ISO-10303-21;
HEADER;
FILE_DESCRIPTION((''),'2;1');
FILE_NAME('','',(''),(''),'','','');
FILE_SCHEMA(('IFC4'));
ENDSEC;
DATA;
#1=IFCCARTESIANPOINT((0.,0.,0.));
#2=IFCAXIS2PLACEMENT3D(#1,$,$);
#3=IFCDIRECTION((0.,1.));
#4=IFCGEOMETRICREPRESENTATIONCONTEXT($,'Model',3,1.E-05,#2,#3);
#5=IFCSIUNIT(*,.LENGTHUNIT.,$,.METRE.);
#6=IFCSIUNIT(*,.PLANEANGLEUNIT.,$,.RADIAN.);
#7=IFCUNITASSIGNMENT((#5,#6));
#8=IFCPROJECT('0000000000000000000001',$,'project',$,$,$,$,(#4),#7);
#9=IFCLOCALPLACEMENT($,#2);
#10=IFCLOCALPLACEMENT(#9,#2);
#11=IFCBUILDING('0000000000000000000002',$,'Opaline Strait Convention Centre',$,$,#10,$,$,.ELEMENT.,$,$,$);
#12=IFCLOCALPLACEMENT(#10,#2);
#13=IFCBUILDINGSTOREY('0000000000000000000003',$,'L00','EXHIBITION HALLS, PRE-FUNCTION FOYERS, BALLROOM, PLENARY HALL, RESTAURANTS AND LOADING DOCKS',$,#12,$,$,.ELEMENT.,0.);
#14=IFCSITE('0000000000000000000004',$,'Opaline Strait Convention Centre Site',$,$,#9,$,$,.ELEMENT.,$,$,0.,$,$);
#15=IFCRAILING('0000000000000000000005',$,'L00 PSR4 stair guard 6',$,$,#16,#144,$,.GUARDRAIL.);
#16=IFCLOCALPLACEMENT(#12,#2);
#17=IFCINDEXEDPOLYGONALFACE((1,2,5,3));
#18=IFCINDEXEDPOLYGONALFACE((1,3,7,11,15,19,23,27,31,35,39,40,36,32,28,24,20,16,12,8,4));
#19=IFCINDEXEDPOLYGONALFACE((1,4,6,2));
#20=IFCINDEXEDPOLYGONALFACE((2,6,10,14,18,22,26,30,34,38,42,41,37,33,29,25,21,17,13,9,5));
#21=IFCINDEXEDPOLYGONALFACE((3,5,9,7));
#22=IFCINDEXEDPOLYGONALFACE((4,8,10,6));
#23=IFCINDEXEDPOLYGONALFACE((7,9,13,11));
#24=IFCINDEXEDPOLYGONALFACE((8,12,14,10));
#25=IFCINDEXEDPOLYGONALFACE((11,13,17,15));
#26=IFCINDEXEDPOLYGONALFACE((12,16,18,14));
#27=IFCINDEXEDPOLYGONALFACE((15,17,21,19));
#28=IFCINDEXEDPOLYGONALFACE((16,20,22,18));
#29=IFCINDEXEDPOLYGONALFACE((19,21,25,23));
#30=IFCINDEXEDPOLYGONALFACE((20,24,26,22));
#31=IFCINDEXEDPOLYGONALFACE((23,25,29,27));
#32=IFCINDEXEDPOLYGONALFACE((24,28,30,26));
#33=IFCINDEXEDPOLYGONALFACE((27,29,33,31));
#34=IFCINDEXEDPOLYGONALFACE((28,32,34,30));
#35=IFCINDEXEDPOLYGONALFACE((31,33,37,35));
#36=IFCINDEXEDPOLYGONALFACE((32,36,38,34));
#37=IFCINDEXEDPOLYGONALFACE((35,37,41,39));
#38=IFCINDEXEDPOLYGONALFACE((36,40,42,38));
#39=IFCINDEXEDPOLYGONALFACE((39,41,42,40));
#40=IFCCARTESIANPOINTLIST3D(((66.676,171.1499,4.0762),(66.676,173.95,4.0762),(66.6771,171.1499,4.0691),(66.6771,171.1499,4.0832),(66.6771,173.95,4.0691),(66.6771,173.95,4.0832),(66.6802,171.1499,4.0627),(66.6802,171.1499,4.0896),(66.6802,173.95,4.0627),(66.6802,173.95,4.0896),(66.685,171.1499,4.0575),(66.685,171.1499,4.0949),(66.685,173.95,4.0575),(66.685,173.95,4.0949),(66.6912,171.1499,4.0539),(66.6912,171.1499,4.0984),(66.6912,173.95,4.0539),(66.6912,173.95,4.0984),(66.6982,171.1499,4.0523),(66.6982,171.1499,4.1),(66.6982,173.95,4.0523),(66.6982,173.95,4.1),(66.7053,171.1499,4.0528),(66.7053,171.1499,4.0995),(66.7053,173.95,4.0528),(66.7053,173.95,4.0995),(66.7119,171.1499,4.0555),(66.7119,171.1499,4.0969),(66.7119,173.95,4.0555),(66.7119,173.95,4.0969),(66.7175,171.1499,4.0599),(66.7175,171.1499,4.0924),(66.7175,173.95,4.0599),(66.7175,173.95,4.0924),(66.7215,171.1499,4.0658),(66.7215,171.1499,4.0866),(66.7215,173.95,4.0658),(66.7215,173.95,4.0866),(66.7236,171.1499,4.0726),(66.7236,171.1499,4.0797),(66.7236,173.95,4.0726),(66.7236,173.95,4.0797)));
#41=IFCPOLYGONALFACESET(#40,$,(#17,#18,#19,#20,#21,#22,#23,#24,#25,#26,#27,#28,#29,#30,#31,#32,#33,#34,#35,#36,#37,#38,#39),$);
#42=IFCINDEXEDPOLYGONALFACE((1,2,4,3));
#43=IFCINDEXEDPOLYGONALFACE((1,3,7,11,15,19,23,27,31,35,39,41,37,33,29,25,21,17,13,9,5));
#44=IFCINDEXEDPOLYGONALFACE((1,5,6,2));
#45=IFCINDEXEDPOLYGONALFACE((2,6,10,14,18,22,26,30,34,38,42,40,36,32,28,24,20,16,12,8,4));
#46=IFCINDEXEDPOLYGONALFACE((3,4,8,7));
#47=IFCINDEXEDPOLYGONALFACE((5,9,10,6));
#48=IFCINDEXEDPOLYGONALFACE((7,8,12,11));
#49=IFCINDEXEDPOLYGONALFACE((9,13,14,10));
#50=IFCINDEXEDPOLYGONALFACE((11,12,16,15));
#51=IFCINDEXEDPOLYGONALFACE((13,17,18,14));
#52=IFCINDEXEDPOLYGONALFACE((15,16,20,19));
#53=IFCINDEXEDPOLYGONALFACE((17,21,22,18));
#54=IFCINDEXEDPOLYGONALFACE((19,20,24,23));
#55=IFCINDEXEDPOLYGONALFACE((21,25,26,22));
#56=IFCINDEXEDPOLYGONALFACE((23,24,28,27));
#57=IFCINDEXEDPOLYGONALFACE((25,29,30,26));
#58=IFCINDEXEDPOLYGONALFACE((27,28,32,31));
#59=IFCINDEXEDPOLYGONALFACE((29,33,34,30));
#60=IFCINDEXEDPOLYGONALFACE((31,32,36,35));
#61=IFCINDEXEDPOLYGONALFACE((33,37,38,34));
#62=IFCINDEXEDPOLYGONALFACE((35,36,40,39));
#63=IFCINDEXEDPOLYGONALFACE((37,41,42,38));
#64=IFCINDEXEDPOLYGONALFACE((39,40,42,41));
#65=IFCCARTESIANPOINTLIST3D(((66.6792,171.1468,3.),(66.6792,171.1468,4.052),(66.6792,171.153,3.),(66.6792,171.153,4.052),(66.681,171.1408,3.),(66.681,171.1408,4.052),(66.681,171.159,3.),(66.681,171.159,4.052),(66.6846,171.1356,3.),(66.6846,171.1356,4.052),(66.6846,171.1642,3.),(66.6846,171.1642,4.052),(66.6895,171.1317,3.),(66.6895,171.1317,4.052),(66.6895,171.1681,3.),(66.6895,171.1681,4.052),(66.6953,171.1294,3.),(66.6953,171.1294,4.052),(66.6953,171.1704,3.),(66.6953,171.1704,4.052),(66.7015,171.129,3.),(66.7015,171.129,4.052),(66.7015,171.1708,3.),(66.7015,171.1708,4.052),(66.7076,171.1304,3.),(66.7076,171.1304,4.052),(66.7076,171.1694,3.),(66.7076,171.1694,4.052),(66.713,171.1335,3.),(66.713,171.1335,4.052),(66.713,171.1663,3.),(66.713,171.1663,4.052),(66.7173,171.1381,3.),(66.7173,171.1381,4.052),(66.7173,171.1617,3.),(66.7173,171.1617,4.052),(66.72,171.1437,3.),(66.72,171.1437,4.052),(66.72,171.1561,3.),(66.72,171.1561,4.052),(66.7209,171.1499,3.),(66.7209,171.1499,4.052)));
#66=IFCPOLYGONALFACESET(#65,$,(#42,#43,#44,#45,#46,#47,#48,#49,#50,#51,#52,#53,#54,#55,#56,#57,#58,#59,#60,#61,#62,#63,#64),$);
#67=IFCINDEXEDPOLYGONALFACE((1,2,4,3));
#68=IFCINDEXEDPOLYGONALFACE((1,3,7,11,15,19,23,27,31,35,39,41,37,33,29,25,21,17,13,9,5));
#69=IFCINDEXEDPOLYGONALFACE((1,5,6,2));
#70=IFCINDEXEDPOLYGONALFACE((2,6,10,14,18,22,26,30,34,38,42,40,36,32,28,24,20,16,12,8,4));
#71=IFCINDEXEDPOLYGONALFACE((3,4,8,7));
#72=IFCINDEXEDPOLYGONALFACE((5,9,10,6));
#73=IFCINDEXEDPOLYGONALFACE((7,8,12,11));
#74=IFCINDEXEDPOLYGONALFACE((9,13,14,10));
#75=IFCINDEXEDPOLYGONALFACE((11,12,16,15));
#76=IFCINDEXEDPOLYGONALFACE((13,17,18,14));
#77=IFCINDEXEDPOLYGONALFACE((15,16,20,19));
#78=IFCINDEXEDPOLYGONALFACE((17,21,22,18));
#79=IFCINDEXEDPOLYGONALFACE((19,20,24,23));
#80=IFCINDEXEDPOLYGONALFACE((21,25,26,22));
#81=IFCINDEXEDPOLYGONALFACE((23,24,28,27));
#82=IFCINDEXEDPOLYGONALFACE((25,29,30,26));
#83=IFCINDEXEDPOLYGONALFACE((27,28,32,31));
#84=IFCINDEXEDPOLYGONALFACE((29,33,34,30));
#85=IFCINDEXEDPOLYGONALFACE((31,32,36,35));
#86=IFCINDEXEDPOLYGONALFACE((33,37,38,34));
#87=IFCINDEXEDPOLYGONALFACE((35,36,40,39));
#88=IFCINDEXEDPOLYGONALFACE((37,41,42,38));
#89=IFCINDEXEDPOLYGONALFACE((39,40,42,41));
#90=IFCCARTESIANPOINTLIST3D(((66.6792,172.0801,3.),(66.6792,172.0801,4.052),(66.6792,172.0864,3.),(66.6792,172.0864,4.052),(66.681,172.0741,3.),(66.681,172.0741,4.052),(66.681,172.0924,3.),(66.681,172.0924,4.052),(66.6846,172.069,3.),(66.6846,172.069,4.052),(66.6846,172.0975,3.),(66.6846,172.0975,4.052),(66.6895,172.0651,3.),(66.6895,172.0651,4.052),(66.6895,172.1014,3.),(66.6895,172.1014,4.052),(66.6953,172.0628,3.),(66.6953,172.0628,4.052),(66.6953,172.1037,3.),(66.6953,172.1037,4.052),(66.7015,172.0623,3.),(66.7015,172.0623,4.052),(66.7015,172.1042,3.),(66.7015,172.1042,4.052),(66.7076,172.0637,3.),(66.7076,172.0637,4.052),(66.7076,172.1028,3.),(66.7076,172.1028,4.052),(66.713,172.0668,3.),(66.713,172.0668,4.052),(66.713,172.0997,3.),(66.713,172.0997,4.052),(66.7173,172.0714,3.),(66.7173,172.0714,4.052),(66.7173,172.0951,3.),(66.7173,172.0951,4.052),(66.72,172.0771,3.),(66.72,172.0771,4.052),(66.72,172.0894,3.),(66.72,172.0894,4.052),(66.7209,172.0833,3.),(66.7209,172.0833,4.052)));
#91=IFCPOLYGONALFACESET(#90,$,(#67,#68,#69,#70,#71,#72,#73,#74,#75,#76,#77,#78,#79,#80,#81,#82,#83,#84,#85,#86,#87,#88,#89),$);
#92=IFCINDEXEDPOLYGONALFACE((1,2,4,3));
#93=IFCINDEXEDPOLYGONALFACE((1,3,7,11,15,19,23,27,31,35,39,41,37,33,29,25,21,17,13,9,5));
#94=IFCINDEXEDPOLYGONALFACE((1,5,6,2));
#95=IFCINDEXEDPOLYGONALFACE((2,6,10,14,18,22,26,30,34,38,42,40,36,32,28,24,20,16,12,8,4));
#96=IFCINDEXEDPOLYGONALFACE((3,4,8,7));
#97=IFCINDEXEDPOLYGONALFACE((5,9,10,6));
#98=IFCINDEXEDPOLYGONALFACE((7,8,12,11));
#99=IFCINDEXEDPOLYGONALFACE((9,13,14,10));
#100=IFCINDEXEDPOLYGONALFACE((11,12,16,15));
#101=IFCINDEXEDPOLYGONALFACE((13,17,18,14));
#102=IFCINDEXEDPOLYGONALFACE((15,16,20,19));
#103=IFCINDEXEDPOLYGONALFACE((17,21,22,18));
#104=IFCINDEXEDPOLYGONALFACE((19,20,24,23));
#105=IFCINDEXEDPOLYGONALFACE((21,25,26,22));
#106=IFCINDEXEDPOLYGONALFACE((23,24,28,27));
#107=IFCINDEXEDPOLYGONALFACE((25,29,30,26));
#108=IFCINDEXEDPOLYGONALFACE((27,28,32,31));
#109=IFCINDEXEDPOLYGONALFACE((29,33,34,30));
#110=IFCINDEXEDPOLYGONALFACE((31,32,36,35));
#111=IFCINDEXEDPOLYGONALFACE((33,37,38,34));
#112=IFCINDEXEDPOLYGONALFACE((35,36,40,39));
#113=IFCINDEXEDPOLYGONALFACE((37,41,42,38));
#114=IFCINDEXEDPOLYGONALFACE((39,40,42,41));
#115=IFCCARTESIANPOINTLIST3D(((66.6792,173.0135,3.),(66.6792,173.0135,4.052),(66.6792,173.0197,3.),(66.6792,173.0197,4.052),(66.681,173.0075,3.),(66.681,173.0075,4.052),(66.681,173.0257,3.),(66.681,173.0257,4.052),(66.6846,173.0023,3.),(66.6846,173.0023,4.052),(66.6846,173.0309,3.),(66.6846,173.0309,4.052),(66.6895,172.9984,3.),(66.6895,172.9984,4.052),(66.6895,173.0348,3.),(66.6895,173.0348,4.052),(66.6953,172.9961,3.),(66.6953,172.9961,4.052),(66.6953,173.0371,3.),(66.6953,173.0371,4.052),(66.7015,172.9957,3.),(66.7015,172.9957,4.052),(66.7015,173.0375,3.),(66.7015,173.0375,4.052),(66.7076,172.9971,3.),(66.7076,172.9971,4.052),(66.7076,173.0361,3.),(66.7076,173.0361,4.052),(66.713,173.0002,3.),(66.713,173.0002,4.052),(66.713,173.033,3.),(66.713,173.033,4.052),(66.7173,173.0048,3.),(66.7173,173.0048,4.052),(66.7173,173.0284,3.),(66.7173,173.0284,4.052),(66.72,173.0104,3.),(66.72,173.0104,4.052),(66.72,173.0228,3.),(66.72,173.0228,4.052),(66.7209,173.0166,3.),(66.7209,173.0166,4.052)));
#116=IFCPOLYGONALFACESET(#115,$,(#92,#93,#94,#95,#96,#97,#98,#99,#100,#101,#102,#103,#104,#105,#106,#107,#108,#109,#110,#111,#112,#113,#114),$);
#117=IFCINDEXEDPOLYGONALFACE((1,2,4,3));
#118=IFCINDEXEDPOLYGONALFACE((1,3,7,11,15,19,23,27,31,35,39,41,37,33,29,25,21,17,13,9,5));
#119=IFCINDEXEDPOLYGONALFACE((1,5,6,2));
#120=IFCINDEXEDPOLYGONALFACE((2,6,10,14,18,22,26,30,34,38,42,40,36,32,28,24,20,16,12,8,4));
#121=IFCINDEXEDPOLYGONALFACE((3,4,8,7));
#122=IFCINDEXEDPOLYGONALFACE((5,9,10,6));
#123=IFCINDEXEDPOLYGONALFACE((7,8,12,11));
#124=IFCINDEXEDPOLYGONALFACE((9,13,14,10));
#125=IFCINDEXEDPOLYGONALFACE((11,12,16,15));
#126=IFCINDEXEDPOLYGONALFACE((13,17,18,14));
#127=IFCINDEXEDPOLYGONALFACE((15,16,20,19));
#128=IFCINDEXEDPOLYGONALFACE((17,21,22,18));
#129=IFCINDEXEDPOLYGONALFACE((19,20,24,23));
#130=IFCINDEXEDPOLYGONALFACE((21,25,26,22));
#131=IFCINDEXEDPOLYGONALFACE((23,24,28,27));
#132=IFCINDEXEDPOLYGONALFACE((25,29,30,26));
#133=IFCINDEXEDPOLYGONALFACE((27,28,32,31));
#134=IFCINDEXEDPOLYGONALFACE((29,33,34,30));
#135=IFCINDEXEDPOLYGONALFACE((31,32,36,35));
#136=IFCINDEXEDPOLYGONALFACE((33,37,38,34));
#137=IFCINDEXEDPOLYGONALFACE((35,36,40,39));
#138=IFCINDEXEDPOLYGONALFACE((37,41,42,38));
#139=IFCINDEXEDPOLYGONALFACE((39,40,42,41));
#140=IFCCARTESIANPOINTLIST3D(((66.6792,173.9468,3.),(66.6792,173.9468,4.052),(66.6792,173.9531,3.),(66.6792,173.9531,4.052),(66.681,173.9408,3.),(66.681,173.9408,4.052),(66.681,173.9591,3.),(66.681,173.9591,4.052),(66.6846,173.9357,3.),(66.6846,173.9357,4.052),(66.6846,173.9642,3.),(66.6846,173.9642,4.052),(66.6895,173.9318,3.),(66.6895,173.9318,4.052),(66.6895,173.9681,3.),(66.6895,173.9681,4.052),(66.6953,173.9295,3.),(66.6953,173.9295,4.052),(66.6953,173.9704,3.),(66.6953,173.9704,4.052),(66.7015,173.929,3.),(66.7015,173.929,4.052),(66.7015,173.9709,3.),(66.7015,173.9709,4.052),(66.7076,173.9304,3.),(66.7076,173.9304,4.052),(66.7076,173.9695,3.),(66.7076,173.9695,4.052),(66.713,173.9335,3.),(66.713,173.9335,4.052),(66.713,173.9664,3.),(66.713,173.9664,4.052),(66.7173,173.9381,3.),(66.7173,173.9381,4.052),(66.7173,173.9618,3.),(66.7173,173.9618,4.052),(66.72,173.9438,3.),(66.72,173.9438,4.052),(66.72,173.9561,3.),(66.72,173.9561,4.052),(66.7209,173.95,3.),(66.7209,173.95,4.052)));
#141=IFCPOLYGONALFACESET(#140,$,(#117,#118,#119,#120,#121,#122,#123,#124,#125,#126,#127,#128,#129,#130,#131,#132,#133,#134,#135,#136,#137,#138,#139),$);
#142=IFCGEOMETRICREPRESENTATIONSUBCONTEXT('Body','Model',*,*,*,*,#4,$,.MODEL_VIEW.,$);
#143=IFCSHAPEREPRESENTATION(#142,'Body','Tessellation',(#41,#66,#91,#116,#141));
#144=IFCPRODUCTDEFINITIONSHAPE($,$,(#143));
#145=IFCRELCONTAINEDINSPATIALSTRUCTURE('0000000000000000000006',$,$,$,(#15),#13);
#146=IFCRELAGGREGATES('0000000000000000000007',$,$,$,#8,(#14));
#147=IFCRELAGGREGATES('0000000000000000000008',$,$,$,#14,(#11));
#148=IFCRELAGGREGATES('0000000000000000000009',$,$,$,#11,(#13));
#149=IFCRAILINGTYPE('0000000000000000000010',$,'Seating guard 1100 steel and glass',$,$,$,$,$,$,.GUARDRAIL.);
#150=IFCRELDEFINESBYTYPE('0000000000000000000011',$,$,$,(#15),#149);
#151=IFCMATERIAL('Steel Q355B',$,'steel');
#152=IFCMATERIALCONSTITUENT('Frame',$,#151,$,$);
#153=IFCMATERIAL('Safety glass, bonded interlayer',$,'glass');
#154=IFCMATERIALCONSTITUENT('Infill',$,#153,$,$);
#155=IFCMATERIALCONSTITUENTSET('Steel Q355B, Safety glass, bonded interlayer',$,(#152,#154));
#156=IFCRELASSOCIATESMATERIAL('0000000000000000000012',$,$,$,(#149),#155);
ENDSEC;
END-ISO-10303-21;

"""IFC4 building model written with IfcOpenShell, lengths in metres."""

from ifc_helpers import new_model, si_unit, direction, frame, origin, origin_2d, place, context, subcontext, project, spatial, circle, extrude, material, constituent, constituent_set, type_object, element, save


model = new_model("IFC4")

# Units and contexts
model_context = context("Model", 3, precision=1e-05, world=origin(), true_north=direction((0.0, 1.0)))
body_context = subcontext(model_context, "Body", "Model", "MODEL_VIEW")
ifc_project = project(units=[si_unit("LENGTHUNIT", "METRE"), si_unit("PLANEANGLEUNIT", "RADIAN")], contexts=[model_context])

# Site, building, storey
site_placement = place(None, origin())
site = spatial("IfcSite", under=ifc_project, at=site_placement, Name="Opaline Strait Convention Centre Site", CompositionType="ELEMENT", RefElevation=0.0)
building_placement = place(site_placement, origin())
building = spatial("IfcBuilding", under=site, at=building_placement, Name="Opaline Strait Convention Centre", CompositionType="ELEMENT")
storey_placement = place(building_placement, origin())
storey = spatial("IfcBuildingStorey", under=building, at=storey_placement, Name="L00", Description="EXHIBITION HALLS, PRE-FUNCTION FOYERS, BALLROOM, PLENARY HALL, RESTAURANTS AND LOADING DOCKS", CompositionType="ELEMENT", Elevation=0.0)

# Railing
ifc_material_1 = material(Name="Steel Q355B", Category="steel")
ifc_constituent_1 = constituent(ifc_material_1, Name="Frame")
ifc_material_2 = material(Name="Safety glass, bonded interlayer", Category="glass")
ifc_constituent_2 = constituent(ifc_material_2, Name="Infill")
ifc_constituent_set = constituent_set(constituents=[ifc_constituent_1, ifc_constituent_2], Name="Steel Q355B, Safety glass, bonded interlayer")
railing_type_1 = type_object("IfcRailingType", Name="Seating guard 1100 steel and glass", PredefinedType="GUARDRAIL", material=ifc_constituent_set)
railing_1_placement = place(storey_placement, frame((66.7, 171.1499, 3.0)))
element("IfcRailing", 1, at=railing_1_placement, inside=storey, type_object=railing_type_1, Name="L00 PSR4 stair guard 6", PredefinedType="GUARDRAIL", context=body_context, shape_type="SweptSolid", body=[
    extrude(circle(Radius=0.0239, at=origin_2d()), frame((0.0, 0.0, 1.0762), z_axis=(0.0, 1.0, 0.0), x_axis=(-1.0, 0.0, 0.0)), (0.0, 0.0, 1.0), 2.8),
    extrude(circle(Radius=0.021, at=origin_2d()), origin(), (0.0, 0.0, 1.0), 1.052),
    extrude(circle(Radius=0.021, at=origin_2d()), frame((0.0, 0.9333, 0.0)), (0.0, 0.0, 1.0), 1.052),
    extrude(circle(Radius=0.021, at=origin_2d()), frame((0.0, 1.8667, 0.0)), (0.0, 0.0, 1.0), 1.052),
    extrude(circle(Radius=0.021, at=origin_2d()), frame((0.0, 2.8, 0.0)), (0.0, 0.0, 1.0), 1.052),
])

save(model, "model.ifc")
